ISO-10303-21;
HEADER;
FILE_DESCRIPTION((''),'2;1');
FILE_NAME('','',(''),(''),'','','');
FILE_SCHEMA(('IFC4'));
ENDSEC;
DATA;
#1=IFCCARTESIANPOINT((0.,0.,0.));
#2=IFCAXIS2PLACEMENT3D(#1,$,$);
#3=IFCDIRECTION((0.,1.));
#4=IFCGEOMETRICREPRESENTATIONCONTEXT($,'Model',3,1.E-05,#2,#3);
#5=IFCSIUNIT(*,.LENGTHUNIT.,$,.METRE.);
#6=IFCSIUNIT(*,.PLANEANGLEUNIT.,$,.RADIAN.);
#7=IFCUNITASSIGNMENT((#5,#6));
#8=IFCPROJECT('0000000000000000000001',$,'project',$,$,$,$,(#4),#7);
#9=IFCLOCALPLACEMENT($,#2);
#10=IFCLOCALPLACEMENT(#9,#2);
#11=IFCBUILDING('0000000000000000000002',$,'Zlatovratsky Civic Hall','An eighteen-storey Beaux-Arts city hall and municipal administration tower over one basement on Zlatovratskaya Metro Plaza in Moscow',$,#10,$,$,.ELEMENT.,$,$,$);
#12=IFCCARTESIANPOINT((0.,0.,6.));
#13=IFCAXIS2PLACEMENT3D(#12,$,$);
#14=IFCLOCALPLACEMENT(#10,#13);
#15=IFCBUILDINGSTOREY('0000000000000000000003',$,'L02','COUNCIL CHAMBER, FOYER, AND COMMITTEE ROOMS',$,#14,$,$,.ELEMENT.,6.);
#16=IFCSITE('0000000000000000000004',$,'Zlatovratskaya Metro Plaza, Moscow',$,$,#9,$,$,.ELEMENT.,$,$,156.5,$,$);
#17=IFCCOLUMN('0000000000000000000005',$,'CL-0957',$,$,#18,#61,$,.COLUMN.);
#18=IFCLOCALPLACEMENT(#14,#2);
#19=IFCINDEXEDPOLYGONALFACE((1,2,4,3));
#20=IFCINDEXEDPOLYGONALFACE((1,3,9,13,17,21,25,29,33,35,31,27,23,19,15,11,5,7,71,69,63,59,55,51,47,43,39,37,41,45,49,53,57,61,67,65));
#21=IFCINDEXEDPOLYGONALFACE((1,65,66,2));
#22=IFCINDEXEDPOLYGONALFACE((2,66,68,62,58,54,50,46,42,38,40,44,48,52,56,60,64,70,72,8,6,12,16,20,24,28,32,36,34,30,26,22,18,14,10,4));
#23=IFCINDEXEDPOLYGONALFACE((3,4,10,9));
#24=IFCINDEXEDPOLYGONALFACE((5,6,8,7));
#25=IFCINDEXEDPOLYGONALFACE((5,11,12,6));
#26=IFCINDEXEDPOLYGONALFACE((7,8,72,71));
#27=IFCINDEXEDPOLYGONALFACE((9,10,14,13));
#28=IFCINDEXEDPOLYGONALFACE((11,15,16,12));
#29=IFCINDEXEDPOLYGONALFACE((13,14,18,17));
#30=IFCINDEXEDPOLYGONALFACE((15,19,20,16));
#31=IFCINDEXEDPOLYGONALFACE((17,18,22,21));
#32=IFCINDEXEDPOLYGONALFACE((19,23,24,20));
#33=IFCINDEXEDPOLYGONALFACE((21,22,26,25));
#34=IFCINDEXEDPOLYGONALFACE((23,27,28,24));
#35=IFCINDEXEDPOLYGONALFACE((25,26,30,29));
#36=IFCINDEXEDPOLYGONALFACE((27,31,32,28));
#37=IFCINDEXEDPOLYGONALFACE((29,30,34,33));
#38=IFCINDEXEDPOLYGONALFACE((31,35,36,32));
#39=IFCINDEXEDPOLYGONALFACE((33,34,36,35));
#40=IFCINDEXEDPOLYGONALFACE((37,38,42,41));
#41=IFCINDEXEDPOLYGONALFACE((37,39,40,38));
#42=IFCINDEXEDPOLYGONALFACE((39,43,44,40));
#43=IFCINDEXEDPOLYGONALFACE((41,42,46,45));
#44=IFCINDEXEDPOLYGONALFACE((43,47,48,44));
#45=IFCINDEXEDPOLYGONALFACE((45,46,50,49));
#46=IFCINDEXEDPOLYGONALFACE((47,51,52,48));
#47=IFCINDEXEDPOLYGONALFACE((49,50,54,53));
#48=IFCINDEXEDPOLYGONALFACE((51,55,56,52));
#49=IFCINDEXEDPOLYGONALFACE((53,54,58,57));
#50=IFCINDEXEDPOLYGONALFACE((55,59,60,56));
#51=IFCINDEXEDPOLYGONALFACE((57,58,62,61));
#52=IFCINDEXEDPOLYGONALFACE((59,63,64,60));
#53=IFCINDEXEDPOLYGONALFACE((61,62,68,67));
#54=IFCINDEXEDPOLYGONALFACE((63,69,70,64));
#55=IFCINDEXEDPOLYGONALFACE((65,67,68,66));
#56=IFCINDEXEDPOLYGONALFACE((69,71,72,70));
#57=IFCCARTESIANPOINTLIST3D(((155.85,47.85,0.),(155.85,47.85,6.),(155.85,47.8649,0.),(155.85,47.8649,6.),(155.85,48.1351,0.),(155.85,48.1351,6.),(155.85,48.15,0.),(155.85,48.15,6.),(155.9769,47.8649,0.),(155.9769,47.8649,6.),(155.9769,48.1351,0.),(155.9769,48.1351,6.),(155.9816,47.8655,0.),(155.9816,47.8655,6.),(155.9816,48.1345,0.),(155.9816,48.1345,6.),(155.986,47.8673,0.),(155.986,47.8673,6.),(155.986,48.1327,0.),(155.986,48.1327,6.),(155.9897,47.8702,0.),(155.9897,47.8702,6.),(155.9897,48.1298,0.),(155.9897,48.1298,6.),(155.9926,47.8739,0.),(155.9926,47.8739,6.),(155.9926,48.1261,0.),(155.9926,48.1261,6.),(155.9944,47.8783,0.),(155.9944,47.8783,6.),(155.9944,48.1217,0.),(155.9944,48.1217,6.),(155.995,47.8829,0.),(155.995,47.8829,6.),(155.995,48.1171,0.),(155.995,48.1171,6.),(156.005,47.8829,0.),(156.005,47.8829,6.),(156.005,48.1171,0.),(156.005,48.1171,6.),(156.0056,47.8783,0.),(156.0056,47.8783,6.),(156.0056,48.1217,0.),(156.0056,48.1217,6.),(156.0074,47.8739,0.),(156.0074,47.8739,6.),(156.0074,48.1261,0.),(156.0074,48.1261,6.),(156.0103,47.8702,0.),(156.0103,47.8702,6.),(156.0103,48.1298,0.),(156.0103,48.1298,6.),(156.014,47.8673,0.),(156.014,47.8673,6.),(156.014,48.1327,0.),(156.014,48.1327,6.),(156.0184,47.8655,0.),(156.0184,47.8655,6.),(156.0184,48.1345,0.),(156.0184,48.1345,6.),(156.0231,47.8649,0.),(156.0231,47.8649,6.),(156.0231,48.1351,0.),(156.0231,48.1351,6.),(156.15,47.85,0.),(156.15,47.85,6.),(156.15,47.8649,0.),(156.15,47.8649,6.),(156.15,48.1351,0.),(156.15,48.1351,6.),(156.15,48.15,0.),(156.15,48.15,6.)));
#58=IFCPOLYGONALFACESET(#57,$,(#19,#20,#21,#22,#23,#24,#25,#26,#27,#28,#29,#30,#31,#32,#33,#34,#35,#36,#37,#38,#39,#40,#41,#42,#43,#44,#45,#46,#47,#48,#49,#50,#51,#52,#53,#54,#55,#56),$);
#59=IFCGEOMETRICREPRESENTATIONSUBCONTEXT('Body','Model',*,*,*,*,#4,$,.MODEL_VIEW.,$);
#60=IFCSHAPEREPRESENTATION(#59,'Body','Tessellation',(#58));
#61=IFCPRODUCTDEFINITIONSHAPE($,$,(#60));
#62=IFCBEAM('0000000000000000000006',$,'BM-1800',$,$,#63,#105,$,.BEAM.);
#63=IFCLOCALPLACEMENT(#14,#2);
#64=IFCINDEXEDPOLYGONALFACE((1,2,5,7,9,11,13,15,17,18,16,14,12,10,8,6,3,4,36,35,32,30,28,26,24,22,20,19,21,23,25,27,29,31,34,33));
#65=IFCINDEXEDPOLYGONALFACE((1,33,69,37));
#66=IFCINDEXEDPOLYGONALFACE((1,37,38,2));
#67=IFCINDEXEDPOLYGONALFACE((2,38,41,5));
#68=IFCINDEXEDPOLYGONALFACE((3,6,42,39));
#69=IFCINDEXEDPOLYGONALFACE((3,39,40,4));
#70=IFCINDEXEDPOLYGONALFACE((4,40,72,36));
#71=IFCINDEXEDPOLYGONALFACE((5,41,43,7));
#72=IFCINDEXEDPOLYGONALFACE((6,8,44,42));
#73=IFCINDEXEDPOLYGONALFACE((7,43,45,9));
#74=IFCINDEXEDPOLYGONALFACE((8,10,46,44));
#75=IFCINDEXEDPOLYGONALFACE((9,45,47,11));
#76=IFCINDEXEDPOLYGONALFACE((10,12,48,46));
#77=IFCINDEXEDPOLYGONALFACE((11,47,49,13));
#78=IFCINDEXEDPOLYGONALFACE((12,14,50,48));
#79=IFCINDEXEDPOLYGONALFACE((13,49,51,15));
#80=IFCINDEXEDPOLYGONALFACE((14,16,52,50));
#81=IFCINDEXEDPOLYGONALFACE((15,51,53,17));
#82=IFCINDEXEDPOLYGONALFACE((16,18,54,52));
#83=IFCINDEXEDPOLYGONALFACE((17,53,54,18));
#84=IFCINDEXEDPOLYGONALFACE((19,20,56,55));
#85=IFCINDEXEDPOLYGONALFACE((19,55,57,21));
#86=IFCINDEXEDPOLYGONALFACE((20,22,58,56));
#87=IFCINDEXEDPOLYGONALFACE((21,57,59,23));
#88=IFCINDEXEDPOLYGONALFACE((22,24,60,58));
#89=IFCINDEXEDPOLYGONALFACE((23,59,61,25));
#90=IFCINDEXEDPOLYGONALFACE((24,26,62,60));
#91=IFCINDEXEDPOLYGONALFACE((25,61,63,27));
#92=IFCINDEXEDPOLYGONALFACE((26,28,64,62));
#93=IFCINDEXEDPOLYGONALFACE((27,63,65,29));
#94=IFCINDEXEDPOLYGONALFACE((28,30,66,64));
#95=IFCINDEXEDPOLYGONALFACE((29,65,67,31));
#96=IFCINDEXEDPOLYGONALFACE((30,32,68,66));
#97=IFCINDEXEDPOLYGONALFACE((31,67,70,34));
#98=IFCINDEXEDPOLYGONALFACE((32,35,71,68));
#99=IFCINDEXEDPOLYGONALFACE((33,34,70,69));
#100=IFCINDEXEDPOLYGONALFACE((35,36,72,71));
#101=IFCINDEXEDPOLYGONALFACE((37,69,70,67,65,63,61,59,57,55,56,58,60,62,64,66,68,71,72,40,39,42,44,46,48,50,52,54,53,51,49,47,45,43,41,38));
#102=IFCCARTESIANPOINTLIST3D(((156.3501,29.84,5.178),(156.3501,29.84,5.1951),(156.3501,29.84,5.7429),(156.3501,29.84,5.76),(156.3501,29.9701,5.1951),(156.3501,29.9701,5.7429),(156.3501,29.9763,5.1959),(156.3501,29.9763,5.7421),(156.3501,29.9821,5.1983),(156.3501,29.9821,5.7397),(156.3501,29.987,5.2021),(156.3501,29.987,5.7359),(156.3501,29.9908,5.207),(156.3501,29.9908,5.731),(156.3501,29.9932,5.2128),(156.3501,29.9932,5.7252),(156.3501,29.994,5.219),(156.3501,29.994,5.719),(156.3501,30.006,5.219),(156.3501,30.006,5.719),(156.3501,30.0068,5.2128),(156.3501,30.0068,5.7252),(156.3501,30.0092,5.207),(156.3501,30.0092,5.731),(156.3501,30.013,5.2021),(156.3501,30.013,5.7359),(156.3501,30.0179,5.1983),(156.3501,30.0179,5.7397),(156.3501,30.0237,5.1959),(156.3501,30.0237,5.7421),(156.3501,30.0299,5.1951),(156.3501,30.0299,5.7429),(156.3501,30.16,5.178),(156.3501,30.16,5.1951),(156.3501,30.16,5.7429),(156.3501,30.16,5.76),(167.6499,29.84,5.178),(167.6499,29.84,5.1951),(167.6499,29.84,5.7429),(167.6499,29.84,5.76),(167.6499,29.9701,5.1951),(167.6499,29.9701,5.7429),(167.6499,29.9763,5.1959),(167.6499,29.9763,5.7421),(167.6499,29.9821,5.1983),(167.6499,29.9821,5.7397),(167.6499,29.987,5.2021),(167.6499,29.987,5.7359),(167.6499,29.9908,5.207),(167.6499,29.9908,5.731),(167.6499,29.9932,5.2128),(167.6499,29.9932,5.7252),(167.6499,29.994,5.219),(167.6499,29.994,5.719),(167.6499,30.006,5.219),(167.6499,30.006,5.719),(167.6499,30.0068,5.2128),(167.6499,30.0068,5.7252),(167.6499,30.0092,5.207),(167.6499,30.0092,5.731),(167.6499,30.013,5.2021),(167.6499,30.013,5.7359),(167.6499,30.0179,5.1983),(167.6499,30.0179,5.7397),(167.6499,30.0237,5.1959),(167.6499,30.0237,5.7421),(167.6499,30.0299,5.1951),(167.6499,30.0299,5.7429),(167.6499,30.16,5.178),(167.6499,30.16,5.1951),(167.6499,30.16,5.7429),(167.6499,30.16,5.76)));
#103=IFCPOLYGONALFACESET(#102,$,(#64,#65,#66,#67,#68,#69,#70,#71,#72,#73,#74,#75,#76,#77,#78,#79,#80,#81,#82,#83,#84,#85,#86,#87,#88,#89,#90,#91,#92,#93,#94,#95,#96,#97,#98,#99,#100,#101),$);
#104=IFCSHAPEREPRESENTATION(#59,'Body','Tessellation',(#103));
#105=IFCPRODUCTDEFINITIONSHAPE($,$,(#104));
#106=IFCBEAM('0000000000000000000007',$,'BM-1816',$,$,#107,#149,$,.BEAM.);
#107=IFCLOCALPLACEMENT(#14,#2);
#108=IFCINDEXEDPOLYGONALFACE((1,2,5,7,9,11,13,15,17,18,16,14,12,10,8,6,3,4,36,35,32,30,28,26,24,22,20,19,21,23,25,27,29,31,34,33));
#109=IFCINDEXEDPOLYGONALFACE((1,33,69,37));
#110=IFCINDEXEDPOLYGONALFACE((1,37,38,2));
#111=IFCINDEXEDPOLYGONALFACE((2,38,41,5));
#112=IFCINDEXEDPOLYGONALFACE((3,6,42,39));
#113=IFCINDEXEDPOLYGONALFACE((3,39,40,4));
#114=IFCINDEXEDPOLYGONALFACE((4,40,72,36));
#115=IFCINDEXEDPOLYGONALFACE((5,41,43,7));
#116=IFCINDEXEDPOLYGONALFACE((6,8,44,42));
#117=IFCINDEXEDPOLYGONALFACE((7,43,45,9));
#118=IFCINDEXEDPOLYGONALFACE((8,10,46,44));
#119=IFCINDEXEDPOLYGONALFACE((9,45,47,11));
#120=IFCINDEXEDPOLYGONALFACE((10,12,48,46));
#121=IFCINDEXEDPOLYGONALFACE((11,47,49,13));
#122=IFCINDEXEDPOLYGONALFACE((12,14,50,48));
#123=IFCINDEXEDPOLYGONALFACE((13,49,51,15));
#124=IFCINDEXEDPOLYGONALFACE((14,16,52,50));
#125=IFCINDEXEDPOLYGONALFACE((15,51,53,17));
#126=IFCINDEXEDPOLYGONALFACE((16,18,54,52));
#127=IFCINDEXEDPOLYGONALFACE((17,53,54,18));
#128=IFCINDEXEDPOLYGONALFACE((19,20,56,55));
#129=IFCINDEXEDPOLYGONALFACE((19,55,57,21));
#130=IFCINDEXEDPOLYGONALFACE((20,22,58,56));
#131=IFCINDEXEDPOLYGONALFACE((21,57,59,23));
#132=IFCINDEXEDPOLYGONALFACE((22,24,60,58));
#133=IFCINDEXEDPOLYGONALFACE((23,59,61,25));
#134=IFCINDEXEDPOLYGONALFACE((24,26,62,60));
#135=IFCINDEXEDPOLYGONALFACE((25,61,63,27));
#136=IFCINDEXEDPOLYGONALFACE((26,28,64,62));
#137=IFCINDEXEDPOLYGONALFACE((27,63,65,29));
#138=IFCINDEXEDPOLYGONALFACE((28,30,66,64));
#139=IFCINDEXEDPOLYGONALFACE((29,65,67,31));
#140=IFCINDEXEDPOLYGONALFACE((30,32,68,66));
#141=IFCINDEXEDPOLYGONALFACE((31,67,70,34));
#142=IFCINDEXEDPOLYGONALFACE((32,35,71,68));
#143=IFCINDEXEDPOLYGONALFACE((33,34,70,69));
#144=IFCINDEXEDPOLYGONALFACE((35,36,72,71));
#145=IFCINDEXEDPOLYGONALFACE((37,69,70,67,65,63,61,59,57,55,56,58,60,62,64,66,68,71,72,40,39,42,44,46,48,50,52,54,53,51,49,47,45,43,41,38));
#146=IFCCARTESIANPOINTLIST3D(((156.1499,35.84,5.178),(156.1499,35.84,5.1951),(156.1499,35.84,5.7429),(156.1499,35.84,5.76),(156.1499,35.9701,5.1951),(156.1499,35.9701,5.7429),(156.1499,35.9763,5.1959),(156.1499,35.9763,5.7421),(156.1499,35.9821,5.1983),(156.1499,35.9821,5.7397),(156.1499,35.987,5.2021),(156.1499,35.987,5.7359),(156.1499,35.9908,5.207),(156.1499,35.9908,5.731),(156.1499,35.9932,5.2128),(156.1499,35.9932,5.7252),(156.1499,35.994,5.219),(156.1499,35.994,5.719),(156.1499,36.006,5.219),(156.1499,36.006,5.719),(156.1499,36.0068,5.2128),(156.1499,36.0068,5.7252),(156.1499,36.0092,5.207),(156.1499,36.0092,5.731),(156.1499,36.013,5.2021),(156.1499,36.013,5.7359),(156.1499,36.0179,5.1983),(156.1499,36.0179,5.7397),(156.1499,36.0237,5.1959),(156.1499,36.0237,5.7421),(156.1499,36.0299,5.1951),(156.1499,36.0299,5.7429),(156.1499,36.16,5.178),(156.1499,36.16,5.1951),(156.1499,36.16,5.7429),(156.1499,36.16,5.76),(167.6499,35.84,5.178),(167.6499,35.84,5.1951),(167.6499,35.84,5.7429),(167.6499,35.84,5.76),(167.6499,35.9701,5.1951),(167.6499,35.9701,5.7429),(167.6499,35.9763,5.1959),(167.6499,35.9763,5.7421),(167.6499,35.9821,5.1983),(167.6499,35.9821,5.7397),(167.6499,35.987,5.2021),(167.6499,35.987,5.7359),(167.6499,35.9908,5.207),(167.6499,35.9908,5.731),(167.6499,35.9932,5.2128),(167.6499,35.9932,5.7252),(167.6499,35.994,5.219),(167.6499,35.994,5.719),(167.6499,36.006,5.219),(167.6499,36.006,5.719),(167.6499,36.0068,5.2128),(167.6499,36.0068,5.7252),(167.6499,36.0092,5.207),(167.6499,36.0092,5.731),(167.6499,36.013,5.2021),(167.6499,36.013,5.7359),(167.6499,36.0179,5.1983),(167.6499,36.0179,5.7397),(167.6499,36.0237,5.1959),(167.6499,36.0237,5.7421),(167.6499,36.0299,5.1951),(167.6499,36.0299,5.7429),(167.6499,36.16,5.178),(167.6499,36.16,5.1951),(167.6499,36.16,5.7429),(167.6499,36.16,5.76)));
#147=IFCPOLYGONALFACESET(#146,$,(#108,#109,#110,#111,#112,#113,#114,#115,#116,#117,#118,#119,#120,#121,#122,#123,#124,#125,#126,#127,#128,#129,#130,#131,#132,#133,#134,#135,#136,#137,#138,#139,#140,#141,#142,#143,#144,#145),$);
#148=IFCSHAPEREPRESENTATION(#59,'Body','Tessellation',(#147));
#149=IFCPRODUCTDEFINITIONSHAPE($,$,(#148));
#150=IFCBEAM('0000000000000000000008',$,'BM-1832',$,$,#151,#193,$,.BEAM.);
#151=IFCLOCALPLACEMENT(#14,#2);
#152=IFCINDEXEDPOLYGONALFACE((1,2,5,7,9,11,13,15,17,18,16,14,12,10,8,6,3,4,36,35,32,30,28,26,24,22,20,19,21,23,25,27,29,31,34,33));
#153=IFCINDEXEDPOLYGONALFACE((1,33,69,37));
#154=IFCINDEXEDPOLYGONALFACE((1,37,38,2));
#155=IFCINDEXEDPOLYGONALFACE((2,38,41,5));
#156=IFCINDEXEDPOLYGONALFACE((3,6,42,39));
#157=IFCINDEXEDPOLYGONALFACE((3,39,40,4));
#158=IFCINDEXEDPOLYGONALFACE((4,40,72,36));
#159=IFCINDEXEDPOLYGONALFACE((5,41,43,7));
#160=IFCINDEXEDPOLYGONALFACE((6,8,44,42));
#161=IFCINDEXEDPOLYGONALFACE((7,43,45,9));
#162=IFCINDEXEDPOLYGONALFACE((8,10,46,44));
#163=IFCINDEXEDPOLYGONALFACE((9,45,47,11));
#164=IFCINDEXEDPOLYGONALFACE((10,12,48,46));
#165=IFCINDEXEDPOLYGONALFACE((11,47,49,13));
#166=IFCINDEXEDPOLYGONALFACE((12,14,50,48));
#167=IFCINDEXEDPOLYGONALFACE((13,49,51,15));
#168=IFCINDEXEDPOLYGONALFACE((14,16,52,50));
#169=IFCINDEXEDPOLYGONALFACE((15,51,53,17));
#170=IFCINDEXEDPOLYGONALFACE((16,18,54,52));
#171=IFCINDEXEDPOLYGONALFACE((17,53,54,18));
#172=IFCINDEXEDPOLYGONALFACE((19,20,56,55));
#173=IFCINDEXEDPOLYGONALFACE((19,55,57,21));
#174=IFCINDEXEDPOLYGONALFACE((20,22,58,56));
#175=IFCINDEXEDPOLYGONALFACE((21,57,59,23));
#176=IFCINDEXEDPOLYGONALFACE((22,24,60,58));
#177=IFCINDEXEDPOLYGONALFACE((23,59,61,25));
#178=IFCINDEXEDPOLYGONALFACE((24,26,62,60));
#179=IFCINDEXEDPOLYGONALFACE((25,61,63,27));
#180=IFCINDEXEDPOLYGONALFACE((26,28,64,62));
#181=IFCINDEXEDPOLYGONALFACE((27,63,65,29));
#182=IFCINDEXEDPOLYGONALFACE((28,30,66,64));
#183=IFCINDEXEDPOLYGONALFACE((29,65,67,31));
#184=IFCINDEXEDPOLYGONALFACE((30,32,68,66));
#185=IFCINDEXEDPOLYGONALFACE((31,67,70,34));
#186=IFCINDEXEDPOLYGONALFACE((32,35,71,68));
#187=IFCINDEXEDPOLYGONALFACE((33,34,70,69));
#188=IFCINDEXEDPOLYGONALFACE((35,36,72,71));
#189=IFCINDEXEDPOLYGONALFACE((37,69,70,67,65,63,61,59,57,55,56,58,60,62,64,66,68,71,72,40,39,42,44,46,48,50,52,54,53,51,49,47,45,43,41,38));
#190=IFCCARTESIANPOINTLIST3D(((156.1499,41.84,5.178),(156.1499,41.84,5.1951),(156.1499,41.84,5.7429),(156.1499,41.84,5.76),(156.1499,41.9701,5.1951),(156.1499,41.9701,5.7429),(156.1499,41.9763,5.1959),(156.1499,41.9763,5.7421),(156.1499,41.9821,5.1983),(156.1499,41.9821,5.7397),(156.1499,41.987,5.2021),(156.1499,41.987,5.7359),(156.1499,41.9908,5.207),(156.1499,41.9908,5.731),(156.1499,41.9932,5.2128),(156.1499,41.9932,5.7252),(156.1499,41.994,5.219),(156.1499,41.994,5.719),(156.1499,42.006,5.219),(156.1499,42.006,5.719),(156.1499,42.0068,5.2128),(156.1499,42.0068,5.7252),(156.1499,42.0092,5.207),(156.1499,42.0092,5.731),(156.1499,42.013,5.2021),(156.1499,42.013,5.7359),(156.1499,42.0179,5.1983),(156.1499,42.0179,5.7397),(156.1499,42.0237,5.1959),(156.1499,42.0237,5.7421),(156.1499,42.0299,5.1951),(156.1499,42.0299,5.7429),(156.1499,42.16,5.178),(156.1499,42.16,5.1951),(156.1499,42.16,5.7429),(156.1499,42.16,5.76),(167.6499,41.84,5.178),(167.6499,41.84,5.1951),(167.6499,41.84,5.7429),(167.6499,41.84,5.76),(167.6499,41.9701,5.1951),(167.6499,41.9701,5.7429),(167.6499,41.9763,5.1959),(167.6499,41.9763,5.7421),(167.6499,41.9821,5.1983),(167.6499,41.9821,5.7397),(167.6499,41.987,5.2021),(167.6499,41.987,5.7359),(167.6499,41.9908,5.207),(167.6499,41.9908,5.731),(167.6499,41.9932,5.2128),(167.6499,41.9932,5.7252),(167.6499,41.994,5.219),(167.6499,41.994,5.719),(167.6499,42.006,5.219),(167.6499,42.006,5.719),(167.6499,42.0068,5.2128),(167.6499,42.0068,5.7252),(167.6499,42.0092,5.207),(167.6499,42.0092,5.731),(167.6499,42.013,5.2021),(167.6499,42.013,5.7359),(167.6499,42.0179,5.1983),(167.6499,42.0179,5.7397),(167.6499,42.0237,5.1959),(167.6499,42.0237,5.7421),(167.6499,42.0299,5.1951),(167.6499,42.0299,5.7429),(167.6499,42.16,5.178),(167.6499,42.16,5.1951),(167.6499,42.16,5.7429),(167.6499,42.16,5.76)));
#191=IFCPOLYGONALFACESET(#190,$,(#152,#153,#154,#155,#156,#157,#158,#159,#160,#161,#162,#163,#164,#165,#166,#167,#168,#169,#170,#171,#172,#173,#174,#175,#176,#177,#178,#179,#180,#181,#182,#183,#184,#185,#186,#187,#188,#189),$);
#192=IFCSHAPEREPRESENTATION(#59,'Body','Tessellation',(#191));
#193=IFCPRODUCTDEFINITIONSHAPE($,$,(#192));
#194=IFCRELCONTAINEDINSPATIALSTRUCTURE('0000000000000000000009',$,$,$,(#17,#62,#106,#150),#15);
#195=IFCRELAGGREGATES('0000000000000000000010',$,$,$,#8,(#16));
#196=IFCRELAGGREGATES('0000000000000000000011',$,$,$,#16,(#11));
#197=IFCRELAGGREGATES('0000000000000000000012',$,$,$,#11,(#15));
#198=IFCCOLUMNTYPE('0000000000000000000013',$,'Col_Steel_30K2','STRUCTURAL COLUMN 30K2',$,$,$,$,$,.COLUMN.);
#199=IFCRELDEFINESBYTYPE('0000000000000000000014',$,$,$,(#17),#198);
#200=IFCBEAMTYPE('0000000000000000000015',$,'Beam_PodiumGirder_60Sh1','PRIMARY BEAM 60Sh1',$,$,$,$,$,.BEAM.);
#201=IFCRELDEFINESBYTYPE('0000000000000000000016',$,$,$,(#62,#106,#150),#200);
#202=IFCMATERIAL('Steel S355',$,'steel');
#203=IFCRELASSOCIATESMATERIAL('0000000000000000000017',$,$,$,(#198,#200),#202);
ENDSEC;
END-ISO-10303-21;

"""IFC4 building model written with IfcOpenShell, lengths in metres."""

from ifc_helpers import new_model, si_unit, direction, frame, origin, origin_2d, place, context, subcontext, project, spatial, i_section, extrude, material, material_profile, profile_set, type_object, element, save


model = new_model("IFC4")

# Units and contexts
model_context = context("Model", 3, precision=1e-05, world=origin(), true_north=direction((0.0, 1.0)))
body_context = subcontext(model_context, "Body", "Model", "MODEL_VIEW")
ifc_project = project(units=[si_unit("LENGTHUNIT", "METRE"), si_unit("PLANEANGLEUNIT", "RADIAN")], contexts=[model_context])

# Site, building, storey
site_placement = place(None, origin())
site = spatial("IfcSite", under=ifc_project, at=site_placement, Name="Zlatovratskaya Metro Plaza, Moscow", CompositionType="ELEMENT", RefElevation=156.5)
building_placement = place(site_placement, origin())
building = spatial("IfcBuilding", under=site, at=building_placement, Name="Zlatovratsky Civic Hall", Description="An eighteen-storey Beaux-Arts city hall and municipal administration tower over one basement on Zlatovratskaya Metro Plaza in Moscow", CompositionType="ELEMENT")
storey_placement = place(building_placement, frame((0.0, 0.0, 6.0)))
storey = spatial("IfcBuildingStorey", under=building, at=storey_placement, Name="L02", Description="COUNCIL CHAMBER, FOYER, AND COMMITTEE ROOMS", CompositionType="ELEMENT", Elevation=6.0)

# Column
ifc_material_1 = material(Name="Steel S355", Category="steel")
ifc_material_profile_1 = material_profile(ifc_material_1, i_section(OverallWidth=0.3, OverallDepth=0.3, WebThickness=0.01, FlangeThickness=0.0149, FilletRadius=0.0181, at=origin_2d()), Name="30K2")
ifc_profile_set_1 = profile_set([ifc_material_profile_1], Name="Steel S355")
column_type_1 = type_object("IfcColumnType", Name="Col_Steel_30K2", Description="STRUCTURAL COLUMN 30K2", PredefinedType="COLUMN", material=ifc_profile_set_1)
for number, where, z_axis, x_axis, name in (
    (1, (156.0, 48.0, 0.0), (0.0, 0.0, 1.0), (1.0, 0.0, 0.0), "CL-0957"),
):
    element("IfcColumn", number, at=place(storey_placement, frame(where, z_axis=z_axis, x_axis=x_axis)), inside=storey, type_object=column_type_1, Name=name, PredefinedType="COLUMN", context=body_context, shape_type="SweptSolid", body=[
        extrude(i_section(OverallWidth=0.3, OverallDepth=0.3, WebThickness=0.01, FlangeThickness=0.0149, FilletRadius=0.0181, at=origin_2d()), origin(), (0.0, 0.0, 1.0), 6.0),
    ])

# Beams
ifc_material_profile_2 = material_profile(ifc_material_1, i_section(OverallWidth=0.3201, OverallDepth=0.582, WebThickness=0.012, FlangeThickness=0.0171, FilletRadius=0.0239, at=origin_2d()), Name="60Sh1")
ifc_profile_set_2 = profile_set([ifc_material_profile_2], Name="Steel S355")
beam_type_1 = type_object("IfcBeamType", Name="Beam_PodiumGirder_60Sh1", Description="PRIMARY BEAM 60Sh1", PredefinedType="BEAM", material=ifc_profile_set_2)
beam_1_placement = place(storey_placement, frame((156.3501, 30.0, 5.469), z_axis=(1.0, 0.0, 0.0), x_axis=(0.0, 1.0, 0.0)))
element("IfcBeam", 2, at=beam_1_placement, inside=storey, type_object=beam_type_1, Name="BM-1800", PredefinedType="BEAM", context=body_context, shape_type="SweptSolid", body=[
    extrude(i_section(OverallWidth=0.3201, OverallDepth=0.582, WebThickness=0.012, FlangeThickness=0.0171, FilletRadius=0.0239, at=origin_2d()), origin(), (0.0, 0.0, 1.0), 11.2998),
])
for number, where, z_axis, x_axis, name in (
    (3, (156.1499, 36.0, 5.469), (1.0, 0.0, 0.0), (0.0, 1.0, 0.0), "BM-1816"),
    (4, (156.1499, 42.0, 5.469), (1.0, 0.0, 0.0), (0.0, 1.0, 0.0), "BM-1832"),
):
    element("IfcBeam", number, at=place(storey_placement, frame(where, z_axis=z_axis, x_axis=x_axis)), inside=storey, type_object=beam_type_1, Name=name, PredefinedType="BEAM", context=body_context, shape_type="SweptSolid", body=[
        extrude(i_section(OverallWidth=0.3201, OverallDepth=0.582, WebThickness=0.012, FlangeThickness=0.0171, FilletRadius=0.0239, at=origin_2d()), origin(), (0.0, 0.0, 1.0), 11.5),
    ])

save(model, "model.ifc")
